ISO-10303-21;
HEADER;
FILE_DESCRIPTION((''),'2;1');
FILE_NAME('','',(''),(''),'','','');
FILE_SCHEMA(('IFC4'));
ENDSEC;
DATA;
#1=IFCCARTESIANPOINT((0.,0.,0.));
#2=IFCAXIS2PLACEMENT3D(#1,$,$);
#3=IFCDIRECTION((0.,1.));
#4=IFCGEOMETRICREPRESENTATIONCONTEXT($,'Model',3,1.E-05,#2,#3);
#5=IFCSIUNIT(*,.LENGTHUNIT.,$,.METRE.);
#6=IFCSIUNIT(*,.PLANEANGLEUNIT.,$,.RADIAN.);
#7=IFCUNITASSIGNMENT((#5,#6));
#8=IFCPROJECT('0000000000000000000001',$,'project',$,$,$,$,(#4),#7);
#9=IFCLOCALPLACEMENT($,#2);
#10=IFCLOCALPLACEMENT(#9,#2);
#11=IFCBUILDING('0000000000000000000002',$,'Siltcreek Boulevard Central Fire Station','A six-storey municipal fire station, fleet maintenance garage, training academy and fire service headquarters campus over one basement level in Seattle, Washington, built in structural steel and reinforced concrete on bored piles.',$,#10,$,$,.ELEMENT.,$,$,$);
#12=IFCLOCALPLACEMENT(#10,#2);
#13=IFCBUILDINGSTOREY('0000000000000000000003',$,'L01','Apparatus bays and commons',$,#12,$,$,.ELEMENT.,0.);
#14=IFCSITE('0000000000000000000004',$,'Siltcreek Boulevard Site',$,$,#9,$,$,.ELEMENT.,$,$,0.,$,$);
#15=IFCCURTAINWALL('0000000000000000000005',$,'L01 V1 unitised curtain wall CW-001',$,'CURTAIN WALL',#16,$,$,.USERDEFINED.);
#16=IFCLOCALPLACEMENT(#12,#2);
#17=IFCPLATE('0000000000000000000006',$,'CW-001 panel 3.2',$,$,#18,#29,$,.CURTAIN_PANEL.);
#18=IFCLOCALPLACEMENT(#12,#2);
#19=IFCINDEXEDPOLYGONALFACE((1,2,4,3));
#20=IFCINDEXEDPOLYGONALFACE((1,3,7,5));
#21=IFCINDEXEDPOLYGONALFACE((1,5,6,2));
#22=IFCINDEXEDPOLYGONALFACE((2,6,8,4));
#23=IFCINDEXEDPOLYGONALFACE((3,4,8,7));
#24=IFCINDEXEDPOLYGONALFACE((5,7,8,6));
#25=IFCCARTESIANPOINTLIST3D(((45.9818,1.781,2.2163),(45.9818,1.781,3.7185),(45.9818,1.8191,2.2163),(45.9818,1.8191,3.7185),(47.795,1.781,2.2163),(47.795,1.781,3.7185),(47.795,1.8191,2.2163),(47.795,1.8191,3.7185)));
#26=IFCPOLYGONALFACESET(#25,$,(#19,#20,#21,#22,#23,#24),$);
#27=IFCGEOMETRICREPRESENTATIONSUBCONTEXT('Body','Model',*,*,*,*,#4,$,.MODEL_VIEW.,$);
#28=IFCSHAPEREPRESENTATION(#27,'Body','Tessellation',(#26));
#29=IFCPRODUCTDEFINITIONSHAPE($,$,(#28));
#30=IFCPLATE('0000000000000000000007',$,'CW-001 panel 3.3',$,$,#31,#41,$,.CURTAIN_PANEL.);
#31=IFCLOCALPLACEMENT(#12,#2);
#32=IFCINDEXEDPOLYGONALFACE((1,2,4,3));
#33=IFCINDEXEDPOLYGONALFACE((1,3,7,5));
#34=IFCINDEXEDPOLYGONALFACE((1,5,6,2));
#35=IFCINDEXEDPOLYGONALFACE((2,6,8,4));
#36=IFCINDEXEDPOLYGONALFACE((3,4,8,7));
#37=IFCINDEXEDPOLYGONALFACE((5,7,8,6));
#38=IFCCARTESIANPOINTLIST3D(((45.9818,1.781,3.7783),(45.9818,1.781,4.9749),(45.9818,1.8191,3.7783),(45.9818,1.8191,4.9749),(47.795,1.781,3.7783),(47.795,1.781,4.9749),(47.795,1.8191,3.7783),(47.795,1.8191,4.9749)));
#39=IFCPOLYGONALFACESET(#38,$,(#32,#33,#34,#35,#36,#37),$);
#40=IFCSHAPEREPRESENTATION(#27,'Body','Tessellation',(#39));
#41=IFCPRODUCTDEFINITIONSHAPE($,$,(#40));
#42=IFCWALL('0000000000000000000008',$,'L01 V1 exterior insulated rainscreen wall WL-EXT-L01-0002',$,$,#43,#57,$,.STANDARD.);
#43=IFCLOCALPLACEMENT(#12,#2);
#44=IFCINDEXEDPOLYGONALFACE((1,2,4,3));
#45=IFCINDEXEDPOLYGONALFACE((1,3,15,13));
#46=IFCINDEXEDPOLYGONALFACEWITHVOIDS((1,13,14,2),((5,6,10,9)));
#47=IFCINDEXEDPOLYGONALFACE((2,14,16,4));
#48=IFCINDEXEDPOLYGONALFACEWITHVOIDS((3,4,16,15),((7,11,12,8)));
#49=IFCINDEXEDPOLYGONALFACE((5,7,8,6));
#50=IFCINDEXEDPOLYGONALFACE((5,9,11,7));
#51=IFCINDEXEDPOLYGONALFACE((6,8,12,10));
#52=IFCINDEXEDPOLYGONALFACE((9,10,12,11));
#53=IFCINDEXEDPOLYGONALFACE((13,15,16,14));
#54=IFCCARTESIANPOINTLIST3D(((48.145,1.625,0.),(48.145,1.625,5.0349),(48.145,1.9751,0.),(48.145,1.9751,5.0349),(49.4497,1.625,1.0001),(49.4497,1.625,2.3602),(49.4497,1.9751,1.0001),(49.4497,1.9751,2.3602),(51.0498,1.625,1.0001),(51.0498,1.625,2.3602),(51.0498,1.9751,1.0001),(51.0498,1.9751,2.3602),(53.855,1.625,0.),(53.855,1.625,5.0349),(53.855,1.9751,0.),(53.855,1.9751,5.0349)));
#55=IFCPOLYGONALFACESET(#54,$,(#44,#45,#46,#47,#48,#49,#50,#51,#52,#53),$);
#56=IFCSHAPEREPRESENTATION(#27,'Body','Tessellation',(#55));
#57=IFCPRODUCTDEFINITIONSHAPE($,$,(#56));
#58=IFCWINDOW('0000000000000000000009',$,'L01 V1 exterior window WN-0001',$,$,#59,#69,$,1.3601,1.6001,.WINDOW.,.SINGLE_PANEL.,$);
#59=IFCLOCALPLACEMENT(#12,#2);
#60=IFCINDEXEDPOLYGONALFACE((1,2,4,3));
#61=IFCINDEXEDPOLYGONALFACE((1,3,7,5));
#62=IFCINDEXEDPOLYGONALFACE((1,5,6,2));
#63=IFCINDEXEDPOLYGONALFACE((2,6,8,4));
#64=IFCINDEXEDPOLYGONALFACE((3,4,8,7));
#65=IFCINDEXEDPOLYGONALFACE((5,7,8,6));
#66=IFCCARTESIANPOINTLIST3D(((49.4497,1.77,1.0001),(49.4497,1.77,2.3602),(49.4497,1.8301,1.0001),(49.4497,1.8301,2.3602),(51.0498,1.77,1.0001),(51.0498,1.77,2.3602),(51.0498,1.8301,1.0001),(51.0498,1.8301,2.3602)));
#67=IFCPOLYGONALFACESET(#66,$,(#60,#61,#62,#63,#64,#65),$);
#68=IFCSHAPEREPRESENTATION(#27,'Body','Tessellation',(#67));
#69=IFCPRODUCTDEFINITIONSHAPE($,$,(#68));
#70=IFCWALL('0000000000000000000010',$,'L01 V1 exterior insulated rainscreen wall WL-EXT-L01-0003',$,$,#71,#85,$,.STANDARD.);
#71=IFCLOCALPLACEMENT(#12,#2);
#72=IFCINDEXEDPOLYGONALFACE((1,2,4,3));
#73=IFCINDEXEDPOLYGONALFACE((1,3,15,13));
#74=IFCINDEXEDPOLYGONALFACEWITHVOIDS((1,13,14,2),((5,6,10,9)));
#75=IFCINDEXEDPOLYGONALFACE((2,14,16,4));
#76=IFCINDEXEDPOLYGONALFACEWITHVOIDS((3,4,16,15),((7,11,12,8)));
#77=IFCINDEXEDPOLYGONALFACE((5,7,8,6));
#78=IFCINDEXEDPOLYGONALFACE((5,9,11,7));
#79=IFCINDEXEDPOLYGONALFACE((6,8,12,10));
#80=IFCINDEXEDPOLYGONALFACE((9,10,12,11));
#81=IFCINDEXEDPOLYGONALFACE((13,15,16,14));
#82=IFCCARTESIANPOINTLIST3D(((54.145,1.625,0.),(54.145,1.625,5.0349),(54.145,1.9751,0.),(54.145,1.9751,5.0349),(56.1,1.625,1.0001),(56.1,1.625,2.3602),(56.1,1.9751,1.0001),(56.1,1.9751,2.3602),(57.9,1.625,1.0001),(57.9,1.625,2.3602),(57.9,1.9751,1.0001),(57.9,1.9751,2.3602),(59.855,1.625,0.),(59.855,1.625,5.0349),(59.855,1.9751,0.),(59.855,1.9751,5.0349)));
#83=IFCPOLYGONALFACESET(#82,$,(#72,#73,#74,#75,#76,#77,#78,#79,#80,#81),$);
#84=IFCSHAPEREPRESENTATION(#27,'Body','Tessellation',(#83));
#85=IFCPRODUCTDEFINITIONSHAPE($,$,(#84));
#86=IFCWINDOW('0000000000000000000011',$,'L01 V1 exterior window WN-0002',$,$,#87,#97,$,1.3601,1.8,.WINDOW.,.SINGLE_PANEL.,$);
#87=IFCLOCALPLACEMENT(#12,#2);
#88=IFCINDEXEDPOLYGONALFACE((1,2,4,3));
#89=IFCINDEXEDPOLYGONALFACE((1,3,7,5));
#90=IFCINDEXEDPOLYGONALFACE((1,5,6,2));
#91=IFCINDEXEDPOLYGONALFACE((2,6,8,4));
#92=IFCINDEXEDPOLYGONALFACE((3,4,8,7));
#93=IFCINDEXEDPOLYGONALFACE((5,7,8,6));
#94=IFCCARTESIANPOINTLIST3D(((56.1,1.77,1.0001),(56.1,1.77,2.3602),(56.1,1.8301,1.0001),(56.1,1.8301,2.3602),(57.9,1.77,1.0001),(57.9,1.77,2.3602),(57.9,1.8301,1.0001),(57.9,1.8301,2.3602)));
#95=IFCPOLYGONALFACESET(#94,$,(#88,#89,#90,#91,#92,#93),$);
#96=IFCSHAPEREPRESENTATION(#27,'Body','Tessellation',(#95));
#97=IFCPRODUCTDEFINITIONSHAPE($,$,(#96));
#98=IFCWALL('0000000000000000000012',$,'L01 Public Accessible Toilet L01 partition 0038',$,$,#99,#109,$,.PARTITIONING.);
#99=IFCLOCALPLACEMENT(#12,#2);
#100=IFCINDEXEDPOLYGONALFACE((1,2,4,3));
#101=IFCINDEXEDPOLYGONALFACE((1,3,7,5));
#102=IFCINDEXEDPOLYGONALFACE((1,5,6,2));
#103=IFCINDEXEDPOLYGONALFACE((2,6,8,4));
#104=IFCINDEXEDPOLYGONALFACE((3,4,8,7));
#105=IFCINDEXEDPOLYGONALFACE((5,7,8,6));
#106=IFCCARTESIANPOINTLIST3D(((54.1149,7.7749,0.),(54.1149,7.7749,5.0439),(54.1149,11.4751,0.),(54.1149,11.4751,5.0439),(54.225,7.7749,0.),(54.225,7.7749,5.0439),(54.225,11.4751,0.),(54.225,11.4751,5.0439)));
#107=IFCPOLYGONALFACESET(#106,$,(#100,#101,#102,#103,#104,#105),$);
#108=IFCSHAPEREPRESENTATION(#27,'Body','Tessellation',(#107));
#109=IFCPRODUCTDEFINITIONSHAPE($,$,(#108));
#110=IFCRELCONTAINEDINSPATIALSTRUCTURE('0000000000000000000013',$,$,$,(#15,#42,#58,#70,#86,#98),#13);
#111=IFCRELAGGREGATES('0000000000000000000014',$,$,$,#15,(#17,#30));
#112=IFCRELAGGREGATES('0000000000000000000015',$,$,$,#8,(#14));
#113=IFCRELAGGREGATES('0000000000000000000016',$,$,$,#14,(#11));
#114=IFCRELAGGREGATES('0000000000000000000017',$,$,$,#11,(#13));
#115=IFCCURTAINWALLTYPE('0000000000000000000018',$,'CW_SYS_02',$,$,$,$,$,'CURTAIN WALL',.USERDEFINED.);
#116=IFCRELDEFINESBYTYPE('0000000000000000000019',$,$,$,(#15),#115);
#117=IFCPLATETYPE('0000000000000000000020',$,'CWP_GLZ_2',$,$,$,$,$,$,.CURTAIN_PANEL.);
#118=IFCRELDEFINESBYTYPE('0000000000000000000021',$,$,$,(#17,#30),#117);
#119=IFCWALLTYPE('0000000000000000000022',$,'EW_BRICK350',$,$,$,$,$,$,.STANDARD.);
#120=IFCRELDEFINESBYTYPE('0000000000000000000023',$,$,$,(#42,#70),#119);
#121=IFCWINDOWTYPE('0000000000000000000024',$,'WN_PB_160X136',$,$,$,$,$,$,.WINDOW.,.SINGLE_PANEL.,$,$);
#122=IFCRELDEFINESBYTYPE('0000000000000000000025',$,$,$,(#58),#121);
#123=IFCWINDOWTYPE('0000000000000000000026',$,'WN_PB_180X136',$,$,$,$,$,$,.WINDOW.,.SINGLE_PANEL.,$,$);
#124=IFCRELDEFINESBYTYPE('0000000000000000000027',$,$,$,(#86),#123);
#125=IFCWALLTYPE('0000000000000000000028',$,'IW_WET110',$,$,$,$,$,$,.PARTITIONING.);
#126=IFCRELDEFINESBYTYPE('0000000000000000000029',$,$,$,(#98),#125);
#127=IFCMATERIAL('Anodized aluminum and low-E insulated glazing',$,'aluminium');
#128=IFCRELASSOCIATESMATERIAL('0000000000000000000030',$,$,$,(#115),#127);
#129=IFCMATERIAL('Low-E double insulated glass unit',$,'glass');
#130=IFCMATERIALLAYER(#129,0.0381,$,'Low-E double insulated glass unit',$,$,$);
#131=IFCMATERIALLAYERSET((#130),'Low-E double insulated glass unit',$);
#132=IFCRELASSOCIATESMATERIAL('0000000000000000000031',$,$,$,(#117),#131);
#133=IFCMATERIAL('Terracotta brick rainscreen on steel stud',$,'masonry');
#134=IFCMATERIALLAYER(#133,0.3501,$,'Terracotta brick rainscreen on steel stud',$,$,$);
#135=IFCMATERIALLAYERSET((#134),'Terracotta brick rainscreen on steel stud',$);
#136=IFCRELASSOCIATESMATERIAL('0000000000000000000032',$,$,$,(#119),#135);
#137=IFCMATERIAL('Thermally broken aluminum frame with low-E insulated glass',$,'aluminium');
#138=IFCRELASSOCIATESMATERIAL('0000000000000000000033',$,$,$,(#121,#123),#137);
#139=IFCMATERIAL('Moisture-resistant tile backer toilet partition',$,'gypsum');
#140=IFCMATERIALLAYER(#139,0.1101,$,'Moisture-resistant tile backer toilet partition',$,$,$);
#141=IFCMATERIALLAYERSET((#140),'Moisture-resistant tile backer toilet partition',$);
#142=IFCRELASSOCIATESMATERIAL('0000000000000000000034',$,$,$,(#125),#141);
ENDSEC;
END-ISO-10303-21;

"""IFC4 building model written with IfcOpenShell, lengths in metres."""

from ifc_helpers import new_model, si_unit, direction, frame, frame_2d, origin, origin_2d, place, context, subcontext, project, spatial, rectangle, extrude, material, layer, layer_set, type_object, element, fill, aggregate, save


model = new_model("IFC4")

# Units and contexts
model_context = context("Model", 3, precision=1e-05, world=origin(), true_north=direction((0.0, 1.0)))
body_context = subcontext(model_context, "Body", "Model", "MODEL_VIEW")
ifc_project = project(units=[si_unit("LENGTHUNIT", "METRE"), si_unit("PLANEANGLEUNIT", "RADIAN")], contexts=[model_context])

# Site, building, storey
site_placement = place(None, origin())
site = spatial("IfcSite", under=ifc_project, at=site_placement, Name="Siltcreek Boulevard Site", CompositionType="ELEMENT", RefElevation=0.0)
building_placement = place(site_placement, origin())
building = spatial("IfcBuilding", under=site, at=building_placement, Name="Siltcreek Boulevard Central Fire Station", Description="A six-storey municipal fire station, fleet maintenance garage, training academy and fire service headquarters campus over one basement level in Seattle, Washington, built in structural steel and reinforced concrete on bored piles.", CompositionType="ELEMENT")
storey_placement = place(building_placement, origin())
storey = spatial("IfcBuildingStorey", under=building, at=storey_placement, Name="L01", Description="Apparatus bays and commons", CompositionType="ELEMENT", Elevation=0.0)

# Curtain wall
ifc_material_1 = material(Name="Anodized aluminum and low-E insulated glazing", Category="aluminium")
curtain_wall_type = type_object("IfcCurtainWallType", Name="CW_SYS_02", ElementType="CURTAIN WALL", PredefinedType="USERDEFINED", material=ifc_material_1)
curtain_wall_placement = place(storey_placement, origin())
curtain_wall = element("IfcCurtainWall", 1, at=curtain_wall_placement, inside=storey, type_object=curtain_wall_type, Name="L01 V1 unitised curtain wall CW-001", ObjectType="CURTAIN WALL", PredefinedType="USERDEFINED")

# Plates
ifc_material_2 = material(Name="Low-E double insulated glass unit", Category="glass")
ifc_layer_1 = layer(ifc_material_2, 0.0381, Name="Low-E double insulated glass unit")
ifc_layer_set_1 = layer_set([ifc_layer_1], Name="Low-E double insulated glass unit")
plate_type = type_object("IfcPlateType", Name="CWP_GLZ_2", PredefinedType="CURTAIN_PANEL", material=ifc_layer_set_1)
plate_1_placement = place(storey_placement, frame((46.8884, 1.8, 2.2163), z_axis=(0.0, 0.0, 1.0), x_axis=(1.0, 0.0, 0.0)))
plate_1 = element("IfcPlate", 2, at=plate_1_placement, type_object=plate_type, Name="CW-001 panel 3.2", PredefinedType="CURTAIN_PANEL", context=body_context, shape_type="SweptSolid", body=[
    extrude(rectangle(XDim=1.8132, YDim=0.0381, at=origin_2d()), origin(), (0.0, 0.0, 1.0), 1.5022),
])
plate_2_placement = place(storey_placement, frame((46.8884, 1.8, 3.7783), z_axis=(0.0, 0.0, 1.0), x_axis=(1.0, 0.0, 0.0)))
plate_2 = element("IfcPlate", 3, at=plate_2_placement, type_object=plate_type, Name="CW-001 panel 3.3", PredefinedType="CURTAIN_PANEL", context=body_context, shape_type="SweptSolid", body=[
    extrude(rectangle(XDim=1.8132, YDim=0.0381, at=origin_2d()), origin(), (0.0, 0.0, 1.0), 1.1965),
])
aggregate(curtain_wall, [plate_1, plate_2])

# Walls, openings, windows
ifc_material_3 = material(Name="Terracotta brick rainscreen on steel stud", Category="masonry")
ifc_layer_2 = layer(ifc_material_3, 0.3501, Name="Terracotta brick rainscreen on steel stud")
ifc_layer_set_2 = layer_set([ifc_layer_2], Name="Terracotta brick rainscreen on steel stud")
wall_type_1 = type_object("IfcWallType", Name="EW_BRICK350", PredefinedType="STANDARD", material=ifc_layer_set_2)
wall_1_placement = place(storey_placement, frame((48.145, 1.8, 0.0), z_axis=(0.0, 0.0, 1.0), x_axis=(1.0, 0.0, 0.0)))
wall_1 = element("IfcWall", 4, at=wall_1_placement, inside=storey, type_object=wall_type_1, Name="L01 V1 exterior insulated rainscreen wall WL-EXT-L01-0002", PredefinedType="STANDARD", context=body_context, shape_type="SweptSolid", body=[
    extrude(rectangle(XDim=5.71, YDim=0.3501, at=frame_2d((2.855, 0.0))), origin(), (0.0, 0.0, 1.0), 5.0349),
])
opening_1_placement = place(wall_1_placement, frame((1.3047, 0.0, 1.0)))
opening_1 = element("IfcOpeningElement", 5, at=opening_1_placement, cuts=wall_1, PredefinedType="OPENING", context=body_context, shape_type="SweptSolid", body=[
    extrude(rectangle(XDim=1.6001, YDim=1.3601, at=frame_2d((0.8, 0.6802))), frame((0.0, 0.1851, 0.0), z_axis=(0.0, -1.0, 0.0), x_axis=(1.0, 0.0, 0.0)), (0.0, 0.0, 1.0), 0.3701),
])
ifc_material_4 = material(Name="Thermally broken aluminum frame with low-E insulated glass", Category="aluminium")
window_type_1 = type_object("IfcWindowType", Name="WN_PB_160X136", PartitioningType="SINGLE_PANEL", PredefinedType="WINDOW", material=ifc_material_4)
window_1_placement = place(opening_1_placement, origin())
window_1 = element("IfcWindow", 6, at=window_1_placement, inside=storey, type_object=window_type_1, Name="L01 V1 exterior window WN-0001", OverallHeight=1.3601, OverallWidth=1.6001, PartitioningType="SINGLE_PANEL", PredefinedType="WINDOW", context=body_context, shape_type="SweptSolid", body=[
    extrude(rectangle(XDim=1.6001, YDim=1.3601, at=frame_2d((0.8, 0.6802))), frame((0.0, 0.03, 0.0), z_axis=(0.0, -1.0, 0.0), x_axis=(1.0, 0.0, 0.0)), (0.0, 0.0, 1.0), 0.0601),
])
fill(opening_1, window_1)
wall_2_placement = place(storey_placement, frame((54.145, 1.8, 0.0), z_axis=(0.0, 0.0, 1.0), x_axis=(1.0, 0.0, 0.0)))
wall_2 = element("IfcWall", 7, at=wall_2_placement, inside=storey, type_object=wall_type_1, Name="L01 V1 exterior insulated rainscreen wall WL-EXT-L01-0003", PredefinedType="STANDARD", context=body_context, shape_type="SweptSolid", body=[
    extrude(rectangle(XDim=5.71, YDim=0.3501, at=frame_2d((2.855, 0.0))), origin(), (0.0, 0.0, 1.0), 5.0349),
])
opening_2_placement = place(wall_2_placement, frame((1.9551, 0.0, 1.0)))
opening_2 = element("IfcOpeningElement", 8, at=opening_2_placement, cuts=wall_2, PredefinedType="OPENING", context=body_context, shape_type="SweptSolid", body=[
    extrude(rectangle(XDim=1.8, YDim=1.3601, at=frame_2d((0.8999, 0.6802))), frame((0.0, 0.1851, 0.0), z_axis=(0.0, -1.0, 0.0), x_axis=(1.0, 0.0, 0.0)), (0.0, 0.0, 1.0), 0.3701),
])
window_type_2 = type_object("IfcWindowType", Name="WN_PB_180X136", PartitioningType="SINGLE_PANEL", PredefinedType="WINDOW", material=ifc_material_4)
window_2_placement = place(opening_2_placement, origin())
window_2 = element("IfcWindow", 9, at=window_2_placement, inside=storey, type_object=window_type_2, Name="L01 V1 exterior window WN-0002", OverallHeight=1.3601, OverallWidth=1.8, PartitioningType="SINGLE_PANEL", PredefinedType="WINDOW", context=body_context, shape_type="SweptSolid", body=[
    extrude(rectangle(XDim=1.8, YDim=1.3601, at=frame_2d((0.8999, 0.6802))), frame((0.0, 0.03, 0.0), z_axis=(0.0, -1.0, 0.0), x_axis=(1.0, 0.0, 0.0)), (0.0, 0.0, 1.0), 0.0601),
])
fill(opening_2, window_2)

# Wall
ifc_material_5 = material(Name="Moisture-resistant tile backer toilet partition", Category="gypsum")
ifc_layer_3 = layer(ifc_material_5, 0.1101, Name="Moisture-resistant tile backer toilet partition")
ifc_layer_set_3 = layer_set([ifc_layer_3], Name="Moisture-resistant tile backer toilet partition")
wall_type_2 = type_object("IfcWallType", Name="IW_WET110", PredefinedType="PARTITIONING", material=ifc_layer_set_3)
wall_3_placement = place(storey_placement, frame((54.1699, 7.7749, 0.0), z_axis=(0.0, 0.0, 1.0), x_axis=(0.0, 1.0, 0.0)))
element("IfcWall", 10, at=wall_3_placement, inside=storey, type_object=wall_type_2, Name="L01 Public Accessible Toilet L01 partition 0038", PredefinedType="PARTITIONING", context=body_context, shape_type="SweptSolid", body=[
    extrude(rectangle(XDim=3.7002, YDim=0.1101, at=frame_2d((1.8501, 0.0))), origin(), (0.0, 0.0, 1.0), 5.0439),
])

save(model, "model.ifc")
